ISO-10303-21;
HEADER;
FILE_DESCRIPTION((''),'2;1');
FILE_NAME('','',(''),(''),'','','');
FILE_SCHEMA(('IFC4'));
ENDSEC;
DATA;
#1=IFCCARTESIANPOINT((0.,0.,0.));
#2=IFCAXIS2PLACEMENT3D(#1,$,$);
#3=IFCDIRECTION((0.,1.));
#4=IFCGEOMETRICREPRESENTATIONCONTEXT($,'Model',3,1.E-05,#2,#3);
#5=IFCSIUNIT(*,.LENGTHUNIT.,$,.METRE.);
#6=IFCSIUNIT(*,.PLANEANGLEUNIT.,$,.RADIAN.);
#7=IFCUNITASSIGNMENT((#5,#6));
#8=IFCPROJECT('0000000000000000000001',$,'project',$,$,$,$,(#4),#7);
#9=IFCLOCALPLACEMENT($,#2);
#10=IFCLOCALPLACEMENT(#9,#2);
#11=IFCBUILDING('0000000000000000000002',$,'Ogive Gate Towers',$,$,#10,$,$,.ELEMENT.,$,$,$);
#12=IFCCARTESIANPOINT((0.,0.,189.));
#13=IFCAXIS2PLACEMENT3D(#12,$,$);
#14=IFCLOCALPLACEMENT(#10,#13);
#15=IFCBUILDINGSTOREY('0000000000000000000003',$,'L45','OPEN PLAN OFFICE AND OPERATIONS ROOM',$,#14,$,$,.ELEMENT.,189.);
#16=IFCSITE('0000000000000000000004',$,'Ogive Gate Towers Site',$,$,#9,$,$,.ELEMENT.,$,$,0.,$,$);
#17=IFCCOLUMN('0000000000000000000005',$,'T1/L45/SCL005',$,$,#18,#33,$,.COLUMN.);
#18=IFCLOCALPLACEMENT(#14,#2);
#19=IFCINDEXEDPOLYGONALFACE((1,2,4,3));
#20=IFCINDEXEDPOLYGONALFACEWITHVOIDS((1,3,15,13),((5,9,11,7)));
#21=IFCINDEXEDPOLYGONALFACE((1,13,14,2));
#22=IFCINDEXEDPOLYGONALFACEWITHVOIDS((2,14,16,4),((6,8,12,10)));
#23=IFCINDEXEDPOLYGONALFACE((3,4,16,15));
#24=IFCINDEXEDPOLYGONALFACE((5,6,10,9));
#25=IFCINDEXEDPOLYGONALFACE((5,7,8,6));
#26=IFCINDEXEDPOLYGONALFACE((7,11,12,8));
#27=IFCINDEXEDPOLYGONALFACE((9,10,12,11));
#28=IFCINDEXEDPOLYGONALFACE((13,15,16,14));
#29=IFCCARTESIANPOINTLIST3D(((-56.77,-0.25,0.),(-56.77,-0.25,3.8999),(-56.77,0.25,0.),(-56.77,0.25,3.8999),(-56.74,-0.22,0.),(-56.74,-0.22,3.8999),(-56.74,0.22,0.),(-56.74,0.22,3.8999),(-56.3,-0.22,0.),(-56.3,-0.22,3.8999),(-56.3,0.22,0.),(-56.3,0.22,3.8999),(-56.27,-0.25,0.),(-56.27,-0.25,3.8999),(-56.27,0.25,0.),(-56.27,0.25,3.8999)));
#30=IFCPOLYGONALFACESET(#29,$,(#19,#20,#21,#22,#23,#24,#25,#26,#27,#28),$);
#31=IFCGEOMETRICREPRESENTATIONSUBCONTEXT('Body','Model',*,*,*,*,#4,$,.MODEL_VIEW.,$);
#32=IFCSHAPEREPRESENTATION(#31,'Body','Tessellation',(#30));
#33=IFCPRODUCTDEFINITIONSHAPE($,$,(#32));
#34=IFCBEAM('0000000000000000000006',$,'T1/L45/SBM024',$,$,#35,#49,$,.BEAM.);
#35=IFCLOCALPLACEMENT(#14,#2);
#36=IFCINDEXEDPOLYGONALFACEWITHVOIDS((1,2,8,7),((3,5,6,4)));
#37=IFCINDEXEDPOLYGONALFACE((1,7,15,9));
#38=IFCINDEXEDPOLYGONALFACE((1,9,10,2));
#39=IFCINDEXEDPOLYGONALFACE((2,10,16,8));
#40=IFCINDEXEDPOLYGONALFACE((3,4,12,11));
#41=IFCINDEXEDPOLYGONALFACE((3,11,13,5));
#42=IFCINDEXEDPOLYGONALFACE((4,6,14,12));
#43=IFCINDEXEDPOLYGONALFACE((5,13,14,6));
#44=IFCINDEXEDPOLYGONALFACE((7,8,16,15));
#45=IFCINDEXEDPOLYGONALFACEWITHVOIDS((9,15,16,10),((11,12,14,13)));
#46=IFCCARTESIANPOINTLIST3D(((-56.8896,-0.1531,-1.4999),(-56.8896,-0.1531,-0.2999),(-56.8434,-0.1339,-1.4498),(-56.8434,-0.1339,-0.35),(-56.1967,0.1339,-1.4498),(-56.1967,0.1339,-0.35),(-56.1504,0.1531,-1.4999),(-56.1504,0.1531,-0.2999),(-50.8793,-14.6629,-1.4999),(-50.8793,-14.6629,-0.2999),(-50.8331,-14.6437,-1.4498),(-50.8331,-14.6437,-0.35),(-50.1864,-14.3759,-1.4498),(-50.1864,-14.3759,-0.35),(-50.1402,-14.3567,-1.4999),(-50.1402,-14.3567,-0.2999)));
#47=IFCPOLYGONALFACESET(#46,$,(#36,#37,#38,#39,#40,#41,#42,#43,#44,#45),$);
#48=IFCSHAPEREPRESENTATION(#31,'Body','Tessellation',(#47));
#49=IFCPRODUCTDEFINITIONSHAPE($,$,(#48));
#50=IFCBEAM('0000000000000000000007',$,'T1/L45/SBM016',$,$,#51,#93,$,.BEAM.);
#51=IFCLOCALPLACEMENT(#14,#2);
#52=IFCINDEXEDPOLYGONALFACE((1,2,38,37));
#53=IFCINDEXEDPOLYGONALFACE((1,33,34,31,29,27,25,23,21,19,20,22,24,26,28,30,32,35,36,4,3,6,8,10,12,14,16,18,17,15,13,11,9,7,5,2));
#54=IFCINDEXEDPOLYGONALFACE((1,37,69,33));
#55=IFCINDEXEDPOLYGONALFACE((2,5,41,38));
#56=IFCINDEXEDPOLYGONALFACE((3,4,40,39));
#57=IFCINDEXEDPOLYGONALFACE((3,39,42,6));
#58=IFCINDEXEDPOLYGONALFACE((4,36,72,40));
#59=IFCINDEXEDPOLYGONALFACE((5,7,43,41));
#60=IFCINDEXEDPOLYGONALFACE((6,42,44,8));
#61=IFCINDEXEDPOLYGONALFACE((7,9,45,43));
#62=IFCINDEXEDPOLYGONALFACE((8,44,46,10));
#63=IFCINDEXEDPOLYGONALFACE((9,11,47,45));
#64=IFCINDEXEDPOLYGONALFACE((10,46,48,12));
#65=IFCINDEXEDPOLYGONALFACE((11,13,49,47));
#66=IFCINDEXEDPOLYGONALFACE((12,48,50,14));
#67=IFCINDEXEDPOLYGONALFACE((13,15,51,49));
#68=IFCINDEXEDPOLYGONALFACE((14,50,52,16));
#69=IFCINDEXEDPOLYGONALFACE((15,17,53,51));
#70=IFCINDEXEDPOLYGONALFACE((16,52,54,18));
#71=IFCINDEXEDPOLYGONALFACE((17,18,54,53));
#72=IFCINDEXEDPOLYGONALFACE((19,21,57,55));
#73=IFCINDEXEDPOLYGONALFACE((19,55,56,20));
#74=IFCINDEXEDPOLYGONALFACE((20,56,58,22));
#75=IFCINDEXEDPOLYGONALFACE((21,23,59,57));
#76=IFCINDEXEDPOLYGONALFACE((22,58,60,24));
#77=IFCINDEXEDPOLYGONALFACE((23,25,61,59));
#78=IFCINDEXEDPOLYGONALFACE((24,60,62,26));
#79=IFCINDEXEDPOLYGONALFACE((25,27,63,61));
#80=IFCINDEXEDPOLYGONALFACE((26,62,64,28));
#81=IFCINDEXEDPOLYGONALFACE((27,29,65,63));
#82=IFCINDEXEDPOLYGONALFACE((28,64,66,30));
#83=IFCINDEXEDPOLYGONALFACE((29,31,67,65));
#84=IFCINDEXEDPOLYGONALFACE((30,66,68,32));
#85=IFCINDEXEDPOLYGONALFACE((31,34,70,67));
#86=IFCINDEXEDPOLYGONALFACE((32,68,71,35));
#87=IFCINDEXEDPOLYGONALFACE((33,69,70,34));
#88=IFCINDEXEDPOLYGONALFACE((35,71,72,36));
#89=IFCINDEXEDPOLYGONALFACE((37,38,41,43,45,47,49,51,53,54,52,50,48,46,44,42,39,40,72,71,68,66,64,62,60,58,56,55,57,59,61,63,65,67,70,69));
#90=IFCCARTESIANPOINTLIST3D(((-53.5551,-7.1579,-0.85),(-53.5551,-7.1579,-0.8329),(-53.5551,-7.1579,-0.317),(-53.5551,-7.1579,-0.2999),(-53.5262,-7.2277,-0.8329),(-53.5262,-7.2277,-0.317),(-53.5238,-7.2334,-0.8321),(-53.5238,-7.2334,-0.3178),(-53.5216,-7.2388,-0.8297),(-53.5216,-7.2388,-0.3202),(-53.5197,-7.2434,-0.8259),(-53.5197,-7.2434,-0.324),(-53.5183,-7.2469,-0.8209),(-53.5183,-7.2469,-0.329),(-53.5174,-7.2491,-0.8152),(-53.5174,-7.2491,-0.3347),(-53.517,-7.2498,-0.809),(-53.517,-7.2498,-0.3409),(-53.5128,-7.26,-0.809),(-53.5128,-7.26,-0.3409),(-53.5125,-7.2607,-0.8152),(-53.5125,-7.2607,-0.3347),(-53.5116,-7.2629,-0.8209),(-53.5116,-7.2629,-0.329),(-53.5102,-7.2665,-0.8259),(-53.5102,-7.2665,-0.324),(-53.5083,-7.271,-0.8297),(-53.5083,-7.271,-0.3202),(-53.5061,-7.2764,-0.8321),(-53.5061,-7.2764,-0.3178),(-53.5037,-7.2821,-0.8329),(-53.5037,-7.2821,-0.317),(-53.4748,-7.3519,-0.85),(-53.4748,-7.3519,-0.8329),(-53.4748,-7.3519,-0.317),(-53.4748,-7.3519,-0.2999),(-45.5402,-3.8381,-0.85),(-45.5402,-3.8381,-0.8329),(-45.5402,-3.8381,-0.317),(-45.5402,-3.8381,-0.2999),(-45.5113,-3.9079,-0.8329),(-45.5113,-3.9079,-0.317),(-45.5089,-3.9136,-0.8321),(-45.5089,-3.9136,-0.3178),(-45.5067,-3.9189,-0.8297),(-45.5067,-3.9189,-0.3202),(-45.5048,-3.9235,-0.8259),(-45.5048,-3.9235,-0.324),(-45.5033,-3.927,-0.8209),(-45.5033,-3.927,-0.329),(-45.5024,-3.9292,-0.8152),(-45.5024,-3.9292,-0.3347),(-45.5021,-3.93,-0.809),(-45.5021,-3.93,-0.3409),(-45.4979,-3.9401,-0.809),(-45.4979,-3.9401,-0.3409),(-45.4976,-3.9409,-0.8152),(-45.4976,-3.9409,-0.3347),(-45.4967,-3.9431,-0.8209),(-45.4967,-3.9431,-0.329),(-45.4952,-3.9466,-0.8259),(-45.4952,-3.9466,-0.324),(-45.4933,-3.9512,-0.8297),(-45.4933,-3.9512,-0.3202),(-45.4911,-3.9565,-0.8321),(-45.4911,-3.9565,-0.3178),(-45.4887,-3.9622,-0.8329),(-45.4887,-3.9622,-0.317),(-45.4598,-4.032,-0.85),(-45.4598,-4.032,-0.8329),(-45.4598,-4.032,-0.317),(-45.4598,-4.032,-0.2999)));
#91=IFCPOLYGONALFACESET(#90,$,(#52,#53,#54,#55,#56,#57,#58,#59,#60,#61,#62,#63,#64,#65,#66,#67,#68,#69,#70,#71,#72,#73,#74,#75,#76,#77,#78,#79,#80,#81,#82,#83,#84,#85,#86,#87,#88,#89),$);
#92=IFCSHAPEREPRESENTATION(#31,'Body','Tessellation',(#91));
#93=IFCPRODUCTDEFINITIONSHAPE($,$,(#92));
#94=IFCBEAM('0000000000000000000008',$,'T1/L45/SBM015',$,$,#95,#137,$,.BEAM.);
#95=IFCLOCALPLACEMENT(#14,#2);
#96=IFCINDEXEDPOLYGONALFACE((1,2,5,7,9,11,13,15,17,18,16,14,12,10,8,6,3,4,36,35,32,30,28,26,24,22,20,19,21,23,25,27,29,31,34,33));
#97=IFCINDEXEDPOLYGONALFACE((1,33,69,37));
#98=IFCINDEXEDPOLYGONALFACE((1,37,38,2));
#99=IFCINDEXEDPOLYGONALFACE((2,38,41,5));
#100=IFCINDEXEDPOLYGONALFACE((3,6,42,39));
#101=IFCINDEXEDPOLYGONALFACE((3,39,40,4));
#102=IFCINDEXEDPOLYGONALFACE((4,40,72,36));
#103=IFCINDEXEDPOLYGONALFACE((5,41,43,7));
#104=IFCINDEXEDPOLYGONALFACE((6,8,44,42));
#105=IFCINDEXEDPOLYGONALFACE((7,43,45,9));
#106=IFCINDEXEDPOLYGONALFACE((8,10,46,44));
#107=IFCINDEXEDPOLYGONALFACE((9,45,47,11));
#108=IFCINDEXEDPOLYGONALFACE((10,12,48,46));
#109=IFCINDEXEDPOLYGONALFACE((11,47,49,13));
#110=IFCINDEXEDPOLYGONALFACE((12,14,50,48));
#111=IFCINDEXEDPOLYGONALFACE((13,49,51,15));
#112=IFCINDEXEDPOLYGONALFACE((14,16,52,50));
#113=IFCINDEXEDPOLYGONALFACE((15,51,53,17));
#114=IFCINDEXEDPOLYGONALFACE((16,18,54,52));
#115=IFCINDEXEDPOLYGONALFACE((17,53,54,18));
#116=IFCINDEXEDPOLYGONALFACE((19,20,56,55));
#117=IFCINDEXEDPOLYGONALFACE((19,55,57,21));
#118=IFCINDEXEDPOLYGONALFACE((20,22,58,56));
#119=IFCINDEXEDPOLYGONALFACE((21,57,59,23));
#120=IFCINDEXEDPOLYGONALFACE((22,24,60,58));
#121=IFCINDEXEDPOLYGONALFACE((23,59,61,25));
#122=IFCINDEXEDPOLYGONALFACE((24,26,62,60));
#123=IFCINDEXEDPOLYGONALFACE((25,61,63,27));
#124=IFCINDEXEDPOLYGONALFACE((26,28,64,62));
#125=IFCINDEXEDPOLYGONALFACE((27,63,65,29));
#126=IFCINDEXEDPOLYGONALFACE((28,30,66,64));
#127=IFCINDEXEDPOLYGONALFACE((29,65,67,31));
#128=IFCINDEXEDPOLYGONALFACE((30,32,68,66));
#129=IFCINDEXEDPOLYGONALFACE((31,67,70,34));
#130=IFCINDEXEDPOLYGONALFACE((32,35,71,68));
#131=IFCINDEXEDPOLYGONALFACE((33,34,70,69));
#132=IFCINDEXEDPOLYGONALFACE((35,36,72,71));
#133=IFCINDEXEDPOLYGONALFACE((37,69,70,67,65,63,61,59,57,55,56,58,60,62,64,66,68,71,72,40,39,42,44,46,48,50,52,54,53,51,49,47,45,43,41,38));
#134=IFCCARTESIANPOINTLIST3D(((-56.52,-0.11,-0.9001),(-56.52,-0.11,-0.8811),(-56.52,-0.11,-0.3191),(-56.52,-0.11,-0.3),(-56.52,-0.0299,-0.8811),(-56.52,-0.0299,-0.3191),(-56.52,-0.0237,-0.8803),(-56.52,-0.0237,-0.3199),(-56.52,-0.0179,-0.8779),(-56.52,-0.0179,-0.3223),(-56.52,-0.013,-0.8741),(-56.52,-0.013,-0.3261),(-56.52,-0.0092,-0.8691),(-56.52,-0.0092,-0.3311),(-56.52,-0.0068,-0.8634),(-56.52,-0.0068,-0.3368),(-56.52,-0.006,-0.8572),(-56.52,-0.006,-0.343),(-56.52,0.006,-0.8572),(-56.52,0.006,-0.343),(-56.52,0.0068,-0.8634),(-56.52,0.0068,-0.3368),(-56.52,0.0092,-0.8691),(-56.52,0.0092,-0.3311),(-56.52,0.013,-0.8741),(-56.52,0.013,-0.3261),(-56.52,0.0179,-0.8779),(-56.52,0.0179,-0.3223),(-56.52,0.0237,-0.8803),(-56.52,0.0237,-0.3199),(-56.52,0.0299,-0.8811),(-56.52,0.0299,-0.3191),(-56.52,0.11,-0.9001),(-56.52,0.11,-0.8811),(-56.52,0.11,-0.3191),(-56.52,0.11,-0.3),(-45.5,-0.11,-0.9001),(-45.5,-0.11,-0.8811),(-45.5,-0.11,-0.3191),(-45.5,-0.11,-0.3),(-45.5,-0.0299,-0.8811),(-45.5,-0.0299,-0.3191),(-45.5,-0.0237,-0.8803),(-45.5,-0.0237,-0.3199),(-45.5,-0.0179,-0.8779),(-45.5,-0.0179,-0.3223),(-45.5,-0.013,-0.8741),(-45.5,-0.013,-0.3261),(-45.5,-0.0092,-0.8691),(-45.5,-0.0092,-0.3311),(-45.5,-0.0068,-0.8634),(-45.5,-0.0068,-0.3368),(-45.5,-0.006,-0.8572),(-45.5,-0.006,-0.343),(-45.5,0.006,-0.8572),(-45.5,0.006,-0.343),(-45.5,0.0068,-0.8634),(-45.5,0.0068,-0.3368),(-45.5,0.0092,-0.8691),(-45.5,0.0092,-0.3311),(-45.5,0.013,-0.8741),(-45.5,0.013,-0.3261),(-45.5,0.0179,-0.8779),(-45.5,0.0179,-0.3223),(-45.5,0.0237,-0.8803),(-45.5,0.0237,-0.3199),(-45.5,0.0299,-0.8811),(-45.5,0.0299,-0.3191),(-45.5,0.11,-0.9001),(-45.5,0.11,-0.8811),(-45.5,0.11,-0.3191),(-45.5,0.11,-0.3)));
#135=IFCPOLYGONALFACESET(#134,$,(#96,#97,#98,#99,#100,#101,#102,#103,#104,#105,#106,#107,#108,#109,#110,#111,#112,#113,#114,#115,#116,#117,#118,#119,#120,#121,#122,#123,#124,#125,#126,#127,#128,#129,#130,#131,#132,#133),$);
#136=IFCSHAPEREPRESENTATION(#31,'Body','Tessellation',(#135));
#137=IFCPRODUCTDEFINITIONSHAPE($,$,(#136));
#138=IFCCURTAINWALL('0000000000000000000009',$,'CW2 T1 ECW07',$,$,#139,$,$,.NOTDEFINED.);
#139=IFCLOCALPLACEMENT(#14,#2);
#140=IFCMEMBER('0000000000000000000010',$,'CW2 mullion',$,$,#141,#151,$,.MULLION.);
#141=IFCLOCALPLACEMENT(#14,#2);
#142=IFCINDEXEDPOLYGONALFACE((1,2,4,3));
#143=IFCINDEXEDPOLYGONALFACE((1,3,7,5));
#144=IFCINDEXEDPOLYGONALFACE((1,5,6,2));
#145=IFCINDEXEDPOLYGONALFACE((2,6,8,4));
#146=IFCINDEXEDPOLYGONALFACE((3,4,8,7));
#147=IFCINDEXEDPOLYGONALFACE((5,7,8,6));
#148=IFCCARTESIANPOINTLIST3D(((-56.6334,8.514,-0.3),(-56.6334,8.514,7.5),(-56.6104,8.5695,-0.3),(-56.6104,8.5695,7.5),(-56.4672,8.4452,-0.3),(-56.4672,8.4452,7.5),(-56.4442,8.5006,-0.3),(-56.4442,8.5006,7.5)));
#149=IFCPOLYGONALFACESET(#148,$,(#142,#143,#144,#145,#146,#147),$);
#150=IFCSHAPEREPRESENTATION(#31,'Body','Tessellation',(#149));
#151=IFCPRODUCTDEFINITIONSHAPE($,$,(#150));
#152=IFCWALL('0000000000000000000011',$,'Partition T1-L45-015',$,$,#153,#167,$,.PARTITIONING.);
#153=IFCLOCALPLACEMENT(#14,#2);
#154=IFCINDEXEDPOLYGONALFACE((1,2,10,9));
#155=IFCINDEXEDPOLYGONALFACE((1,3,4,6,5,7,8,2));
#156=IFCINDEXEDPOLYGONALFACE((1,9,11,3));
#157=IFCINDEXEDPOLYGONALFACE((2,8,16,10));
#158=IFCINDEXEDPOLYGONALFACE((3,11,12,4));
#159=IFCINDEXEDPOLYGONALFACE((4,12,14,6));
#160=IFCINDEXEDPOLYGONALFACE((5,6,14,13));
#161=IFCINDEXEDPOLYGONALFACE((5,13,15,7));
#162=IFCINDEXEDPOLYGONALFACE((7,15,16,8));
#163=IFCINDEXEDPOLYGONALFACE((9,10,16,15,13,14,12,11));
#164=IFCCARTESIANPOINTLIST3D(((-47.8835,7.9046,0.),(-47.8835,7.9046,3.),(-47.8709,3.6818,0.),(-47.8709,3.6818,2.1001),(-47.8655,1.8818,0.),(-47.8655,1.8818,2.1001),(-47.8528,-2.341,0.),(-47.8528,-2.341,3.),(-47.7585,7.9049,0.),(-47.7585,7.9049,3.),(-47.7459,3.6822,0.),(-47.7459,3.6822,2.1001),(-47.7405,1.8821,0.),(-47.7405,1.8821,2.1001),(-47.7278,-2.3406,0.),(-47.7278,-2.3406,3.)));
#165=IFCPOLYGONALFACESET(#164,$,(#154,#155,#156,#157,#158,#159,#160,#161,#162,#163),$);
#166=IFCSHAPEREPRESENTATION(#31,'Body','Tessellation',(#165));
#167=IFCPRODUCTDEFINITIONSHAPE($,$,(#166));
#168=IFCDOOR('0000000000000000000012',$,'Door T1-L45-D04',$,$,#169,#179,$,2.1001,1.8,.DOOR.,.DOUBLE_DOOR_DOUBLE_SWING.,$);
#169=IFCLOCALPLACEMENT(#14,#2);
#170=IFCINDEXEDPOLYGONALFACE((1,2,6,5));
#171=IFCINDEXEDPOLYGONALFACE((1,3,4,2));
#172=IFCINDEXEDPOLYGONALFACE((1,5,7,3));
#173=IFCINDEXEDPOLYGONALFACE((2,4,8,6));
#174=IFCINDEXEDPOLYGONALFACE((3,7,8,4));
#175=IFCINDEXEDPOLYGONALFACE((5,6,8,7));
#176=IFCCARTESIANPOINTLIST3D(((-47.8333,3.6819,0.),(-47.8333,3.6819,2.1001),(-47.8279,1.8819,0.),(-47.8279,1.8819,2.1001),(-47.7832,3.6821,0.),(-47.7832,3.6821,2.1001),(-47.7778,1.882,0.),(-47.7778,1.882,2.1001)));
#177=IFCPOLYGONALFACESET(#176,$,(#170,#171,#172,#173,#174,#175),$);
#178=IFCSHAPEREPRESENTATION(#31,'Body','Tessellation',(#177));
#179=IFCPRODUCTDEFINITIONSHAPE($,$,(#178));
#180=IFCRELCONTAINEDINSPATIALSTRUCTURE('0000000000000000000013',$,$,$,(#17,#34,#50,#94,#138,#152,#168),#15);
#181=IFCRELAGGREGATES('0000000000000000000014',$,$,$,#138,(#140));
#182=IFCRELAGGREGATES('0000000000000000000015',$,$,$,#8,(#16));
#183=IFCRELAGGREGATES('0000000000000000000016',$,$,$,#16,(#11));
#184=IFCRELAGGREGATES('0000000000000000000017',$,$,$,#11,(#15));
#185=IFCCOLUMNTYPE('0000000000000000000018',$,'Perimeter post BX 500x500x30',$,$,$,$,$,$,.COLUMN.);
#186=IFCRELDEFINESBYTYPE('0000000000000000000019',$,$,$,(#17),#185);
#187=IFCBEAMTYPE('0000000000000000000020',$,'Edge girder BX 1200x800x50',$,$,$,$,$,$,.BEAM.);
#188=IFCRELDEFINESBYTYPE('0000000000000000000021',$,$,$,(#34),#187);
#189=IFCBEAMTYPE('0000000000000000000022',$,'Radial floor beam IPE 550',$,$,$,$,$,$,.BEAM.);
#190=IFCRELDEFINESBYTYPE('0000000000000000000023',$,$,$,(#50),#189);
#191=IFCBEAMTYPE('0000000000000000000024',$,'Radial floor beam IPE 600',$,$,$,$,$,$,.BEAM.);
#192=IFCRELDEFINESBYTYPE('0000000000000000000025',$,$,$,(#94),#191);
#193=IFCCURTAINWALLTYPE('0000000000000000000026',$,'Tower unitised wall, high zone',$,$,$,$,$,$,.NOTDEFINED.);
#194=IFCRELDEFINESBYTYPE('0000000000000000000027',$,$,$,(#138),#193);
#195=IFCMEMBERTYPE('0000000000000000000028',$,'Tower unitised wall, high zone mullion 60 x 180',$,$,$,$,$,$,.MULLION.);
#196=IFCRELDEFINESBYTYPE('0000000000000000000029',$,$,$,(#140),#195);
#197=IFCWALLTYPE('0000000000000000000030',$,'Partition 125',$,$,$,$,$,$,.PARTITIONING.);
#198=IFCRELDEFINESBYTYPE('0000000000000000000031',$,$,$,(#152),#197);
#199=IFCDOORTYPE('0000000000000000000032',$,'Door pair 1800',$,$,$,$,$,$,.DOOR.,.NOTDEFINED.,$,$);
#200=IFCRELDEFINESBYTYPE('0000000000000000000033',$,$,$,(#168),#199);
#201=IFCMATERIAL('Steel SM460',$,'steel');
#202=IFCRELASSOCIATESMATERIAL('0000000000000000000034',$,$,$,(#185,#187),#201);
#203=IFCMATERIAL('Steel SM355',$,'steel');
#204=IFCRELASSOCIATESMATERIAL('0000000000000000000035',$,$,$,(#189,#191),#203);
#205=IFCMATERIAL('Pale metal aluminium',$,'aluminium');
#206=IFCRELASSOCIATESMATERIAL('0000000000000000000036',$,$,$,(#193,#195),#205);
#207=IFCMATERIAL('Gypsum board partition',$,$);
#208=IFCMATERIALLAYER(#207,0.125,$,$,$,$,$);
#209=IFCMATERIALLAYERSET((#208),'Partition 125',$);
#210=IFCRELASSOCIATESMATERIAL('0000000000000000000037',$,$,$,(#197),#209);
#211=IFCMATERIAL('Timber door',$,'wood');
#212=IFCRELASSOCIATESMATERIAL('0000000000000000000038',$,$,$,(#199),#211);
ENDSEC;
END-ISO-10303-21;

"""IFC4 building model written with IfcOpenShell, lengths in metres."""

from ifc_helpers import new_model, si_unit, direction, frame, frame_2d, origin, origin_2d, place, context, subcontext, project, spatial, rectangle, hollow_rectangle, i_section, extrude, material, layer, layer_set, material_profile, profile_set, type_object, element, fill, aggregate, save


model = new_model("IFC4")

# Units and contexts
model_context = context("Model", 3, precision=1e-05, world=origin(), true_north=direction((0.0, 1.0)))
body_context = subcontext(model_context, "Body", "Model", "MODEL_VIEW")
ifc_project = project(units=[si_unit("LENGTHUNIT", "METRE"), si_unit("PLANEANGLEUNIT", "RADIAN")], contexts=[model_context])

# Site, building, storey
site_placement = place(None, origin())
site = spatial("IfcSite", under=ifc_project, at=site_placement, Name="Ogive Gate Towers Site", CompositionType="ELEMENT", RefElevation=0.0)
building_placement = place(site_placement, origin())
building = spatial("IfcBuilding", under=site, at=building_placement, Name="Ogive Gate Towers", CompositionType="ELEMENT")
storey_placement = place(building_placement, frame((0.0, 0.0, 189.0)))
storey = spatial("IfcBuildingStorey", under=building, at=storey_placement, Name="L45", Description="OPEN PLAN OFFICE AND OPERATIONS ROOM", CompositionType="ELEMENT", Elevation=189.0)

# Column
ifc_material_1 = material(Name="Steel SM460", Category="steel")
ifc_material_profile_1 = material_profile(ifc_material_1, hollow_rectangle(XDim=0.5, YDim=0.5, WallThickness=0.03, at=origin_2d()), Name="BX 500x500x30")
ifc_profile_set_1 = profile_set([ifc_material_profile_1], Name="Steel SM460")
column_type = type_object("IfcColumnType", Name="Perimeter post BX 500x500x30", PredefinedType="COLUMN", material=ifc_profile_set_1)
column_placement = place(storey_placement, frame((-56.52, 0.0, 0.0), z_axis=(0.0, 0.0, 1.0), x_axis=(1.0, 0.0, 0.0)))
element("IfcColumn", 1, at=column_placement, inside=storey, type_object=column_type, Name="T1/L45/SCL005", PredefinedType="COLUMN", context=body_context, shape_type="SweptSolid", body=[
    extrude(hollow_rectangle(XDim=0.5, YDim=0.5, WallThickness=0.03, at=origin_2d()), origin(), (0.0, 0.0, 1.0), 3.8999),
])

# Beams
ifc_material_profile_2 = material_profile(ifc_material_1, hollow_rectangle(XDim=0.8, YDim=1.2, WallThickness=0.05, at=origin_2d()), Name="BX 1200x800x50")
ifc_profile_set_2 = profile_set([ifc_material_profile_2], Name="Steel SM460")
beam_type_1 = type_object("IfcBeamType", Name="Edge girder BX 1200x800x50", PredefinedType="BEAM", material=ifc_profile_set_2)
beam_1_placement = place(storey_placement, frame((-56.52, 0.0, -0.8999), z_axis=(0.38269, -0.923877, 0.0), x_axis=(0.923877, 0.38269, 0.0)))
element("IfcBeam", 2, at=beam_1_placement, inside=storey, type_object=beam_type_1, Name="T1/L45/SBM024", PredefinedType="BEAM", context=body_context, shape_type="SweptSolid", body=[
    extrude(hollow_rectangle(XDim=0.8, YDim=1.2, WallThickness=0.05, at=origin_2d()), origin(), (0.0, 0.0, 1.0), 15.7053),
])
ifc_material_2 = material(Name="Steel SM355", Category="steel")
ifc_material_profile_3 = material_profile(ifc_material_2, i_section(OverallWidth=0.21, OverallDepth=0.55, WebThickness=0.011, FlangeThickness=0.0171, FilletRadius=0.0239, at=origin_2d()), Name="IPE 550")
ifc_profile_set_3 = profile_set([ifc_material_profile_3], Name="Steel SM355")
beam_type_2 = type_object("IfcBeamType", Name="Radial floor beam IPE 550", PredefinedType="BEAM", material=ifc_profile_set_3)
beam_2_placement = place(storey_placement, frame((-45.5, -3.9351, -0.575), z_axis=(-0.923882, -0.382678, 0.0), x_axis=(0.382678, -0.923882, 0.0)))
element("IfcBeam", 3, at=beam_2_placement, inside=storey, type_object=beam_type_2, Name="T1/L45/SBM016", PredefinedType="BEAM", context=body_context, shape_type="SweptSolid", body=[
    extrude(i_section(OverallWidth=0.21, OverallDepth=0.55, WebThickness=0.011, FlangeThickness=0.0171, FilletRadius=0.0239, at=origin_2d()), origin(), (0.0, 0.0, 1.0), 8.6753),
])
ifc_material_profile_4 = material_profile(ifc_material_2, i_section(OverallWidth=0.22, OverallDepth=0.6001, WebThickness=0.012, FlangeThickness=0.019, FilletRadius=0.0239, at=origin_2d()), Name="IPE 600")
ifc_profile_set_4 = profile_set([ifc_material_profile_4], Name="Steel SM355")
beam_type_3 = type_object("IfcBeamType", Name="Radial floor beam IPE 600", PredefinedType="BEAM", material=ifc_profile_set_4)
beam_3_placement = place(storey_placement, frame((-45.5, 0.0, -0.6001), z_axis=(-1.0, 0.0, 0.0), x_axis=(0.0, -1.0, 0.0)))
element("IfcBeam", 4, at=beam_3_placement, inside=storey, type_object=beam_type_3, Name="T1/L45/SBM015", PredefinedType="BEAM", context=body_context, shape_type="SweptSolid", body=[
    extrude(i_section(OverallWidth=0.22, OverallDepth=0.6001, WebThickness=0.012, FlangeThickness=0.019, FilletRadius=0.0239, at=origin_2d()), origin(), (0.0, 0.0, 1.0), 11.02),
])

# Curtain wall, member
ifc_material_3 = material(Name="Pale metal aluminium", Category="aluminium")
curtain_wall_type = type_object("IfcCurtainWallType", Name="Tower unitised wall, high zone", PredefinedType="NOTDEFINED", material=ifc_material_3)
curtain_wall_placement = place(storey_placement, origin())
curtain_wall = element("IfcCurtainWall", 5, at=curtain_wall_placement, inside=storey, type_object=curtain_wall_type, Name="CW2 T1 ECW07", PredefinedType="NOTDEFINED")
ifc_material_profile_5 = material_profile(ifc_material_3, rectangle(XDim=0.1799, YDim=0.0601, at=origin_2d()), Name="60 x 180 aluminium box")
ifc_profile_set_5 = profile_set([ifc_material_profile_5], Name="Pale metal aluminium")
member_type = type_object("IfcMemberType", Name="Tower unitised wall, high zone mullion 60 x 180", PredefinedType="MULLION", material=ifc_profile_set_5)
member_placement = place(storey_placement, frame((-56.5388, 8.5073, -0.3), z_axis=(0.0, 0.0, 1.0), x_axis=(0.92388, -0.382683, 0.0)))
member = element("IfcMember", 6, at=member_placement, type_object=member_type, Name="CW2 mullion", PredefinedType="MULLION", context=body_context, shape_type="SweptSolid", body=[
    extrude(rectangle(XDim=0.1799, YDim=0.0601, at=origin_2d()), origin(), (0.0, 0.0, 1.0), 7.8),
])
aggregate(curtain_wall, [member])

# Wall, opening, door
ifc_material_4 = material(Name="Gypsum board partition")
ifc_layer = layer(ifc_material_4, 0.125)
ifc_layer_set = layer_set([ifc_layer], Name="Partition 125")
wall_type = type_object("IfcWallType", Name="Partition 125", PredefinedType="PARTITIONING", material=ifc_layer_set)
wall_1_placement = place(storey_placement, frame((-47.7903, -2.3408, 0.0), z_axis=(0.0, 0.0, 1.0), x_axis=(-0.003002, 0.999995, 0.0)))
wall_1 = element("IfcWall", 7, at=wall_1_placement, inside=storey, type_object=wall_type, Name="Partition T1-L45-015", PredefinedType="PARTITIONING", context=body_context, shape_type="SweptSolid", body=[
    extrude(rectangle(XDim=10.2456, YDim=0.125, at=frame_2d((5.1228, 0.0))), origin(), (0.0, 0.0, 1.0), 3.0),
])
opening_placement = place(wall_1_placement, frame((4.2229, 0.0, 0.0)))
opening = element("IfcOpeningElement", 8, at=opening_placement, cuts=wall_1, PredefinedType="OPENING", context=body_context, shape_type="SweptSolid", body=[
    extrude(rectangle(XDim=1.8, YDim=2.1001, at=frame_2d((0.8999, 1.05))), frame((0.0, 0.0725, 0.0), z_axis=(0.0, -1.0, 0.0), x_axis=(1.0, 0.0, 0.0)), (0.0, 0.0, 1.0), 0.145),
])
ifc_material_5 = material(Name="Timber door", Category="wood")
door_type = type_object("IfcDoorType", Name="Door pair 1800", OperationType="NOTDEFINED", PredefinedType="DOOR", material=ifc_material_5)
door_placement = place(opening_placement, origin())
door = element("IfcDoor", 9, at=door_placement, inside=storey, type_object=door_type, Name="Door T1-L45-D04", OperationType="DOUBLE_DOOR_DOUBLE_SWING", OverallHeight=2.1001, OverallWidth=1.8, PredefinedType="DOOR", context=body_context, shape_type="SweptSolid", body=[
    extrude(rectangle(XDim=1.8, YDim=2.1001, at=frame_2d((0.8999, 1.05))), frame((0.0, 0.0249, 0.0), z_axis=(0.0, -1.0, 0.0), x_axis=(1.0, 0.0, 0.0)), (0.0, 0.0, 1.0), 0.05),
])
fill(opening, door)

save(model, "model.ifc")
